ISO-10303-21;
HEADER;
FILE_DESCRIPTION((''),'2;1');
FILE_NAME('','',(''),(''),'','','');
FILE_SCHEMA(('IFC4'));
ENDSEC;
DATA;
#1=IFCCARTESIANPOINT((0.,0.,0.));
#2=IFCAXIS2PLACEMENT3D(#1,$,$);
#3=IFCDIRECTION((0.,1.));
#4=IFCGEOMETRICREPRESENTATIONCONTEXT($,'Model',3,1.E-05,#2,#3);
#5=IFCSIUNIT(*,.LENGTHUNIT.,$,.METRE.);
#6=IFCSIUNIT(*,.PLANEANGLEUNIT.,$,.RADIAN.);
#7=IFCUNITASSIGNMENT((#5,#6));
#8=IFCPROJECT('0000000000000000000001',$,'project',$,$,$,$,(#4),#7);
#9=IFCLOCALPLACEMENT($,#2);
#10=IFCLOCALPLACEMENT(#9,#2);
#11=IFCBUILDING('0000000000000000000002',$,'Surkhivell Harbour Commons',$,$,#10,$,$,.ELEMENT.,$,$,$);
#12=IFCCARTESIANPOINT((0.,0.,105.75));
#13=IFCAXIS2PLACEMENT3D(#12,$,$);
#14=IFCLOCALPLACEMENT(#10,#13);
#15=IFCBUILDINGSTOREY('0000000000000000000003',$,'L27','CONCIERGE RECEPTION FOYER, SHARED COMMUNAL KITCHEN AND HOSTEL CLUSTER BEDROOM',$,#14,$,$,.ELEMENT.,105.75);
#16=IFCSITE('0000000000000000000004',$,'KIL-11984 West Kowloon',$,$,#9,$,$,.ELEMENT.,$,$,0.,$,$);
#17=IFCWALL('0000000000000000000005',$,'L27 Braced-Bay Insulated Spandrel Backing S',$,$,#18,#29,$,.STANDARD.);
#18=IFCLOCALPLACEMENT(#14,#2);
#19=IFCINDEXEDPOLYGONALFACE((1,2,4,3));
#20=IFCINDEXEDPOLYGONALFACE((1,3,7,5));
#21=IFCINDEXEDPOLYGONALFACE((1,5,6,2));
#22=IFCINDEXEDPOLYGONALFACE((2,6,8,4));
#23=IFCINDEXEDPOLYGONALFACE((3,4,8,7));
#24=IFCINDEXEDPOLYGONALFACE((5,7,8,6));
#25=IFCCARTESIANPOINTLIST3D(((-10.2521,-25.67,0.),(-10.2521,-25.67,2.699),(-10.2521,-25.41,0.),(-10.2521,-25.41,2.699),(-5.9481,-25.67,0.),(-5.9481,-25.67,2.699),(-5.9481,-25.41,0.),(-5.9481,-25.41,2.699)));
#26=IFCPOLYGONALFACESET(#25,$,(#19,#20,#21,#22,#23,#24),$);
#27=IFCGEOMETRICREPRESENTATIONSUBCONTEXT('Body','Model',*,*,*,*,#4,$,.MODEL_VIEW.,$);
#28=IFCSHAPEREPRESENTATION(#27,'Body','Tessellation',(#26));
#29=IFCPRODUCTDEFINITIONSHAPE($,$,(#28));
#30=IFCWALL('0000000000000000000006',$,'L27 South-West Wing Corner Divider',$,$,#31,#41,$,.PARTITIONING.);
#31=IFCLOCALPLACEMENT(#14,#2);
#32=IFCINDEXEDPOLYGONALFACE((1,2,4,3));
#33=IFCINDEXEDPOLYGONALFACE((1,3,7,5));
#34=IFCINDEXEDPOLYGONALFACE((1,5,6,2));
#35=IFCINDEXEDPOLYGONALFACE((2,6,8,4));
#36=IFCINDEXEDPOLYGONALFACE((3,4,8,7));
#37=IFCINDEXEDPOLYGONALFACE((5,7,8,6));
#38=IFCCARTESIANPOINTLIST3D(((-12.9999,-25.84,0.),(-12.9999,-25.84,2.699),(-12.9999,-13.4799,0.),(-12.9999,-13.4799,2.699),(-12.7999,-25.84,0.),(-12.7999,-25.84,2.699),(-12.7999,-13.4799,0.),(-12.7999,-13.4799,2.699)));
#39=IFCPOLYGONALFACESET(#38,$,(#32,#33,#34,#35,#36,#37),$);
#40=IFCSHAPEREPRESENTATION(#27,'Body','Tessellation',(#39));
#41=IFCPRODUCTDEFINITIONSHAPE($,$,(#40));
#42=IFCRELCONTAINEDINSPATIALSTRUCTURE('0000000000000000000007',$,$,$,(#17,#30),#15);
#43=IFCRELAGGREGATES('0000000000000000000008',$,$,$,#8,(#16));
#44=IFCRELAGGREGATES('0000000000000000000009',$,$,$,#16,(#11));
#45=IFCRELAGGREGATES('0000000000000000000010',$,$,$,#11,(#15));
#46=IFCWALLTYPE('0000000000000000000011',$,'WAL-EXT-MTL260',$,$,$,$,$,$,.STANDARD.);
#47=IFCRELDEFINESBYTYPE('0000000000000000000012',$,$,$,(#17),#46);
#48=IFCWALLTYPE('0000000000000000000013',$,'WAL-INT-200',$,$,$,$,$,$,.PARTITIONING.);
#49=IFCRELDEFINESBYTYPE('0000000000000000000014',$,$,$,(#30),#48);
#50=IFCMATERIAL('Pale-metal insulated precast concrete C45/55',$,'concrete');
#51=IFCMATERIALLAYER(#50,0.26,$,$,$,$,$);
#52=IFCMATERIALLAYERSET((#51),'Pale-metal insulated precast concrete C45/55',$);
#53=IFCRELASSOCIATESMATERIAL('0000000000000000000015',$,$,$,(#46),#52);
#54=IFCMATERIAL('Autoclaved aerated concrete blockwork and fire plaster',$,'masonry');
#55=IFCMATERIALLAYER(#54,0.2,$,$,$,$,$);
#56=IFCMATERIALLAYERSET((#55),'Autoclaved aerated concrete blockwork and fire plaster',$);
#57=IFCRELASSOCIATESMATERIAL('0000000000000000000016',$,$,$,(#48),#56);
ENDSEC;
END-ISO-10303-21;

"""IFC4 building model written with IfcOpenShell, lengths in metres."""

from ifc_helpers import new_model, si_unit, direction, frame, frame_2d, origin, place, context, subcontext, project, spatial, rectangle, extrude, material, layer, layer_set, type_object, element, save


model = new_model("IFC4")

# Units and contexts
model_context = context("Model", 3, precision=1e-05, world=origin(), true_north=direction((0.0, 1.0)))
body_context = subcontext(model_context, "Body", "Model", "MODEL_VIEW")
ifc_project = project(units=[si_unit("LENGTHUNIT", "METRE"), si_unit("PLANEANGLEUNIT", "RADIAN")], contexts=[model_context])

# Site, building, storey
site_placement = place(None, origin())
site = spatial("IfcSite", under=ifc_project, at=site_placement, Name="KIL-11984 West Kowloon", CompositionType="ELEMENT", RefElevation=0.0)
building_placement = place(site_placement, origin())
building = spatial("IfcBuilding", under=site, at=building_placement, Name="Surkhivell Harbour Commons", CompositionType="ELEMENT")
storey_placement = place(building_placement, frame((0.0, 0.0, 105.75)))
storey = spatial("IfcBuildingStorey", under=building, at=storey_placement, Name="L27", Description="CONCIERGE RECEPTION FOYER, SHARED COMMUNAL KITCHEN AND HOSTEL CLUSTER BEDROOM", CompositionType="ELEMENT", Elevation=105.75)

# Walls
ifc_material_1 = material(Name="Pale-metal insulated precast concrete C45/55", Category="concrete")
ifc_layer_1 = layer(ifc_material_1, 0.26)
ifc_layer_set_1 = layer_set([ifc_layer_1], Name="Pale-metal insulated precast concrete C45/55")
wall_type_1 = type_object("IfcWallType", Name="WAL-EXT-MTL260", PredefinedType="STANDARD", material=ifc_layer_set_1)
wall_1_placement = place(storey_placement, frame((-10.252, -25.54, 0.0), z_axis=(0.0, 0.0, 1.0), x_axis=(1.0, 0.0, 0.0)))
element("IfcWall", 1, at=wall_1_placement, inside=storey, type_object=wall_type_1, Name="L27 Braced-Bay Insulated Spandrel Backing S", PredefinedType="STANDARD", context=body_context, shape_type="SweptSolid", body=[
    extrude(rectangle(XDim=4.304, YDim=0.26, at=frame_2d((2.1519, 0.0))), origin(), (0.0, 0.0, 1.0), 2.699),
])
ifc_material_2 = material(Name="Autoclaved aerated concrete blockwork and fire plaster", Category="masonry")
ifc_layer_2 = layer(ifc_material_2, 0.2)
ifc_layer_set_2 = layer_set([ifc_layer_2], Name="Autoclaved aerated concrete blockwork and fire plaster")
wall_type_2 = type_object("IfcWallType", Name="WAL-INT-200", PredefinedType="PARTITIONING", material=ifc_layer_set_2)
wall_2_placement = place(storey_placement, frame((-12.8999, -25.8401, 0.0), z_axis=(0.0, 0.0, 1.0), x_axis=(0.0, 1.0, 0.0)))
element("IfcWall", 2, at=wall_2_placement, inside=storey, type_object=wall_type_2, Name="L27 South-West Wing Corner Divider", PredefinedType="PARTITIONING", context=body_context, shape_type="SweptSolid", body=[
    extrude(rectangle(XDim=12.3601, YDim=0.2, at=frame_2d((6.1802, 0.0))), origin(), (0.0, 0.0, 1.0), 2.699),
])

save(model, "model.ifc")
